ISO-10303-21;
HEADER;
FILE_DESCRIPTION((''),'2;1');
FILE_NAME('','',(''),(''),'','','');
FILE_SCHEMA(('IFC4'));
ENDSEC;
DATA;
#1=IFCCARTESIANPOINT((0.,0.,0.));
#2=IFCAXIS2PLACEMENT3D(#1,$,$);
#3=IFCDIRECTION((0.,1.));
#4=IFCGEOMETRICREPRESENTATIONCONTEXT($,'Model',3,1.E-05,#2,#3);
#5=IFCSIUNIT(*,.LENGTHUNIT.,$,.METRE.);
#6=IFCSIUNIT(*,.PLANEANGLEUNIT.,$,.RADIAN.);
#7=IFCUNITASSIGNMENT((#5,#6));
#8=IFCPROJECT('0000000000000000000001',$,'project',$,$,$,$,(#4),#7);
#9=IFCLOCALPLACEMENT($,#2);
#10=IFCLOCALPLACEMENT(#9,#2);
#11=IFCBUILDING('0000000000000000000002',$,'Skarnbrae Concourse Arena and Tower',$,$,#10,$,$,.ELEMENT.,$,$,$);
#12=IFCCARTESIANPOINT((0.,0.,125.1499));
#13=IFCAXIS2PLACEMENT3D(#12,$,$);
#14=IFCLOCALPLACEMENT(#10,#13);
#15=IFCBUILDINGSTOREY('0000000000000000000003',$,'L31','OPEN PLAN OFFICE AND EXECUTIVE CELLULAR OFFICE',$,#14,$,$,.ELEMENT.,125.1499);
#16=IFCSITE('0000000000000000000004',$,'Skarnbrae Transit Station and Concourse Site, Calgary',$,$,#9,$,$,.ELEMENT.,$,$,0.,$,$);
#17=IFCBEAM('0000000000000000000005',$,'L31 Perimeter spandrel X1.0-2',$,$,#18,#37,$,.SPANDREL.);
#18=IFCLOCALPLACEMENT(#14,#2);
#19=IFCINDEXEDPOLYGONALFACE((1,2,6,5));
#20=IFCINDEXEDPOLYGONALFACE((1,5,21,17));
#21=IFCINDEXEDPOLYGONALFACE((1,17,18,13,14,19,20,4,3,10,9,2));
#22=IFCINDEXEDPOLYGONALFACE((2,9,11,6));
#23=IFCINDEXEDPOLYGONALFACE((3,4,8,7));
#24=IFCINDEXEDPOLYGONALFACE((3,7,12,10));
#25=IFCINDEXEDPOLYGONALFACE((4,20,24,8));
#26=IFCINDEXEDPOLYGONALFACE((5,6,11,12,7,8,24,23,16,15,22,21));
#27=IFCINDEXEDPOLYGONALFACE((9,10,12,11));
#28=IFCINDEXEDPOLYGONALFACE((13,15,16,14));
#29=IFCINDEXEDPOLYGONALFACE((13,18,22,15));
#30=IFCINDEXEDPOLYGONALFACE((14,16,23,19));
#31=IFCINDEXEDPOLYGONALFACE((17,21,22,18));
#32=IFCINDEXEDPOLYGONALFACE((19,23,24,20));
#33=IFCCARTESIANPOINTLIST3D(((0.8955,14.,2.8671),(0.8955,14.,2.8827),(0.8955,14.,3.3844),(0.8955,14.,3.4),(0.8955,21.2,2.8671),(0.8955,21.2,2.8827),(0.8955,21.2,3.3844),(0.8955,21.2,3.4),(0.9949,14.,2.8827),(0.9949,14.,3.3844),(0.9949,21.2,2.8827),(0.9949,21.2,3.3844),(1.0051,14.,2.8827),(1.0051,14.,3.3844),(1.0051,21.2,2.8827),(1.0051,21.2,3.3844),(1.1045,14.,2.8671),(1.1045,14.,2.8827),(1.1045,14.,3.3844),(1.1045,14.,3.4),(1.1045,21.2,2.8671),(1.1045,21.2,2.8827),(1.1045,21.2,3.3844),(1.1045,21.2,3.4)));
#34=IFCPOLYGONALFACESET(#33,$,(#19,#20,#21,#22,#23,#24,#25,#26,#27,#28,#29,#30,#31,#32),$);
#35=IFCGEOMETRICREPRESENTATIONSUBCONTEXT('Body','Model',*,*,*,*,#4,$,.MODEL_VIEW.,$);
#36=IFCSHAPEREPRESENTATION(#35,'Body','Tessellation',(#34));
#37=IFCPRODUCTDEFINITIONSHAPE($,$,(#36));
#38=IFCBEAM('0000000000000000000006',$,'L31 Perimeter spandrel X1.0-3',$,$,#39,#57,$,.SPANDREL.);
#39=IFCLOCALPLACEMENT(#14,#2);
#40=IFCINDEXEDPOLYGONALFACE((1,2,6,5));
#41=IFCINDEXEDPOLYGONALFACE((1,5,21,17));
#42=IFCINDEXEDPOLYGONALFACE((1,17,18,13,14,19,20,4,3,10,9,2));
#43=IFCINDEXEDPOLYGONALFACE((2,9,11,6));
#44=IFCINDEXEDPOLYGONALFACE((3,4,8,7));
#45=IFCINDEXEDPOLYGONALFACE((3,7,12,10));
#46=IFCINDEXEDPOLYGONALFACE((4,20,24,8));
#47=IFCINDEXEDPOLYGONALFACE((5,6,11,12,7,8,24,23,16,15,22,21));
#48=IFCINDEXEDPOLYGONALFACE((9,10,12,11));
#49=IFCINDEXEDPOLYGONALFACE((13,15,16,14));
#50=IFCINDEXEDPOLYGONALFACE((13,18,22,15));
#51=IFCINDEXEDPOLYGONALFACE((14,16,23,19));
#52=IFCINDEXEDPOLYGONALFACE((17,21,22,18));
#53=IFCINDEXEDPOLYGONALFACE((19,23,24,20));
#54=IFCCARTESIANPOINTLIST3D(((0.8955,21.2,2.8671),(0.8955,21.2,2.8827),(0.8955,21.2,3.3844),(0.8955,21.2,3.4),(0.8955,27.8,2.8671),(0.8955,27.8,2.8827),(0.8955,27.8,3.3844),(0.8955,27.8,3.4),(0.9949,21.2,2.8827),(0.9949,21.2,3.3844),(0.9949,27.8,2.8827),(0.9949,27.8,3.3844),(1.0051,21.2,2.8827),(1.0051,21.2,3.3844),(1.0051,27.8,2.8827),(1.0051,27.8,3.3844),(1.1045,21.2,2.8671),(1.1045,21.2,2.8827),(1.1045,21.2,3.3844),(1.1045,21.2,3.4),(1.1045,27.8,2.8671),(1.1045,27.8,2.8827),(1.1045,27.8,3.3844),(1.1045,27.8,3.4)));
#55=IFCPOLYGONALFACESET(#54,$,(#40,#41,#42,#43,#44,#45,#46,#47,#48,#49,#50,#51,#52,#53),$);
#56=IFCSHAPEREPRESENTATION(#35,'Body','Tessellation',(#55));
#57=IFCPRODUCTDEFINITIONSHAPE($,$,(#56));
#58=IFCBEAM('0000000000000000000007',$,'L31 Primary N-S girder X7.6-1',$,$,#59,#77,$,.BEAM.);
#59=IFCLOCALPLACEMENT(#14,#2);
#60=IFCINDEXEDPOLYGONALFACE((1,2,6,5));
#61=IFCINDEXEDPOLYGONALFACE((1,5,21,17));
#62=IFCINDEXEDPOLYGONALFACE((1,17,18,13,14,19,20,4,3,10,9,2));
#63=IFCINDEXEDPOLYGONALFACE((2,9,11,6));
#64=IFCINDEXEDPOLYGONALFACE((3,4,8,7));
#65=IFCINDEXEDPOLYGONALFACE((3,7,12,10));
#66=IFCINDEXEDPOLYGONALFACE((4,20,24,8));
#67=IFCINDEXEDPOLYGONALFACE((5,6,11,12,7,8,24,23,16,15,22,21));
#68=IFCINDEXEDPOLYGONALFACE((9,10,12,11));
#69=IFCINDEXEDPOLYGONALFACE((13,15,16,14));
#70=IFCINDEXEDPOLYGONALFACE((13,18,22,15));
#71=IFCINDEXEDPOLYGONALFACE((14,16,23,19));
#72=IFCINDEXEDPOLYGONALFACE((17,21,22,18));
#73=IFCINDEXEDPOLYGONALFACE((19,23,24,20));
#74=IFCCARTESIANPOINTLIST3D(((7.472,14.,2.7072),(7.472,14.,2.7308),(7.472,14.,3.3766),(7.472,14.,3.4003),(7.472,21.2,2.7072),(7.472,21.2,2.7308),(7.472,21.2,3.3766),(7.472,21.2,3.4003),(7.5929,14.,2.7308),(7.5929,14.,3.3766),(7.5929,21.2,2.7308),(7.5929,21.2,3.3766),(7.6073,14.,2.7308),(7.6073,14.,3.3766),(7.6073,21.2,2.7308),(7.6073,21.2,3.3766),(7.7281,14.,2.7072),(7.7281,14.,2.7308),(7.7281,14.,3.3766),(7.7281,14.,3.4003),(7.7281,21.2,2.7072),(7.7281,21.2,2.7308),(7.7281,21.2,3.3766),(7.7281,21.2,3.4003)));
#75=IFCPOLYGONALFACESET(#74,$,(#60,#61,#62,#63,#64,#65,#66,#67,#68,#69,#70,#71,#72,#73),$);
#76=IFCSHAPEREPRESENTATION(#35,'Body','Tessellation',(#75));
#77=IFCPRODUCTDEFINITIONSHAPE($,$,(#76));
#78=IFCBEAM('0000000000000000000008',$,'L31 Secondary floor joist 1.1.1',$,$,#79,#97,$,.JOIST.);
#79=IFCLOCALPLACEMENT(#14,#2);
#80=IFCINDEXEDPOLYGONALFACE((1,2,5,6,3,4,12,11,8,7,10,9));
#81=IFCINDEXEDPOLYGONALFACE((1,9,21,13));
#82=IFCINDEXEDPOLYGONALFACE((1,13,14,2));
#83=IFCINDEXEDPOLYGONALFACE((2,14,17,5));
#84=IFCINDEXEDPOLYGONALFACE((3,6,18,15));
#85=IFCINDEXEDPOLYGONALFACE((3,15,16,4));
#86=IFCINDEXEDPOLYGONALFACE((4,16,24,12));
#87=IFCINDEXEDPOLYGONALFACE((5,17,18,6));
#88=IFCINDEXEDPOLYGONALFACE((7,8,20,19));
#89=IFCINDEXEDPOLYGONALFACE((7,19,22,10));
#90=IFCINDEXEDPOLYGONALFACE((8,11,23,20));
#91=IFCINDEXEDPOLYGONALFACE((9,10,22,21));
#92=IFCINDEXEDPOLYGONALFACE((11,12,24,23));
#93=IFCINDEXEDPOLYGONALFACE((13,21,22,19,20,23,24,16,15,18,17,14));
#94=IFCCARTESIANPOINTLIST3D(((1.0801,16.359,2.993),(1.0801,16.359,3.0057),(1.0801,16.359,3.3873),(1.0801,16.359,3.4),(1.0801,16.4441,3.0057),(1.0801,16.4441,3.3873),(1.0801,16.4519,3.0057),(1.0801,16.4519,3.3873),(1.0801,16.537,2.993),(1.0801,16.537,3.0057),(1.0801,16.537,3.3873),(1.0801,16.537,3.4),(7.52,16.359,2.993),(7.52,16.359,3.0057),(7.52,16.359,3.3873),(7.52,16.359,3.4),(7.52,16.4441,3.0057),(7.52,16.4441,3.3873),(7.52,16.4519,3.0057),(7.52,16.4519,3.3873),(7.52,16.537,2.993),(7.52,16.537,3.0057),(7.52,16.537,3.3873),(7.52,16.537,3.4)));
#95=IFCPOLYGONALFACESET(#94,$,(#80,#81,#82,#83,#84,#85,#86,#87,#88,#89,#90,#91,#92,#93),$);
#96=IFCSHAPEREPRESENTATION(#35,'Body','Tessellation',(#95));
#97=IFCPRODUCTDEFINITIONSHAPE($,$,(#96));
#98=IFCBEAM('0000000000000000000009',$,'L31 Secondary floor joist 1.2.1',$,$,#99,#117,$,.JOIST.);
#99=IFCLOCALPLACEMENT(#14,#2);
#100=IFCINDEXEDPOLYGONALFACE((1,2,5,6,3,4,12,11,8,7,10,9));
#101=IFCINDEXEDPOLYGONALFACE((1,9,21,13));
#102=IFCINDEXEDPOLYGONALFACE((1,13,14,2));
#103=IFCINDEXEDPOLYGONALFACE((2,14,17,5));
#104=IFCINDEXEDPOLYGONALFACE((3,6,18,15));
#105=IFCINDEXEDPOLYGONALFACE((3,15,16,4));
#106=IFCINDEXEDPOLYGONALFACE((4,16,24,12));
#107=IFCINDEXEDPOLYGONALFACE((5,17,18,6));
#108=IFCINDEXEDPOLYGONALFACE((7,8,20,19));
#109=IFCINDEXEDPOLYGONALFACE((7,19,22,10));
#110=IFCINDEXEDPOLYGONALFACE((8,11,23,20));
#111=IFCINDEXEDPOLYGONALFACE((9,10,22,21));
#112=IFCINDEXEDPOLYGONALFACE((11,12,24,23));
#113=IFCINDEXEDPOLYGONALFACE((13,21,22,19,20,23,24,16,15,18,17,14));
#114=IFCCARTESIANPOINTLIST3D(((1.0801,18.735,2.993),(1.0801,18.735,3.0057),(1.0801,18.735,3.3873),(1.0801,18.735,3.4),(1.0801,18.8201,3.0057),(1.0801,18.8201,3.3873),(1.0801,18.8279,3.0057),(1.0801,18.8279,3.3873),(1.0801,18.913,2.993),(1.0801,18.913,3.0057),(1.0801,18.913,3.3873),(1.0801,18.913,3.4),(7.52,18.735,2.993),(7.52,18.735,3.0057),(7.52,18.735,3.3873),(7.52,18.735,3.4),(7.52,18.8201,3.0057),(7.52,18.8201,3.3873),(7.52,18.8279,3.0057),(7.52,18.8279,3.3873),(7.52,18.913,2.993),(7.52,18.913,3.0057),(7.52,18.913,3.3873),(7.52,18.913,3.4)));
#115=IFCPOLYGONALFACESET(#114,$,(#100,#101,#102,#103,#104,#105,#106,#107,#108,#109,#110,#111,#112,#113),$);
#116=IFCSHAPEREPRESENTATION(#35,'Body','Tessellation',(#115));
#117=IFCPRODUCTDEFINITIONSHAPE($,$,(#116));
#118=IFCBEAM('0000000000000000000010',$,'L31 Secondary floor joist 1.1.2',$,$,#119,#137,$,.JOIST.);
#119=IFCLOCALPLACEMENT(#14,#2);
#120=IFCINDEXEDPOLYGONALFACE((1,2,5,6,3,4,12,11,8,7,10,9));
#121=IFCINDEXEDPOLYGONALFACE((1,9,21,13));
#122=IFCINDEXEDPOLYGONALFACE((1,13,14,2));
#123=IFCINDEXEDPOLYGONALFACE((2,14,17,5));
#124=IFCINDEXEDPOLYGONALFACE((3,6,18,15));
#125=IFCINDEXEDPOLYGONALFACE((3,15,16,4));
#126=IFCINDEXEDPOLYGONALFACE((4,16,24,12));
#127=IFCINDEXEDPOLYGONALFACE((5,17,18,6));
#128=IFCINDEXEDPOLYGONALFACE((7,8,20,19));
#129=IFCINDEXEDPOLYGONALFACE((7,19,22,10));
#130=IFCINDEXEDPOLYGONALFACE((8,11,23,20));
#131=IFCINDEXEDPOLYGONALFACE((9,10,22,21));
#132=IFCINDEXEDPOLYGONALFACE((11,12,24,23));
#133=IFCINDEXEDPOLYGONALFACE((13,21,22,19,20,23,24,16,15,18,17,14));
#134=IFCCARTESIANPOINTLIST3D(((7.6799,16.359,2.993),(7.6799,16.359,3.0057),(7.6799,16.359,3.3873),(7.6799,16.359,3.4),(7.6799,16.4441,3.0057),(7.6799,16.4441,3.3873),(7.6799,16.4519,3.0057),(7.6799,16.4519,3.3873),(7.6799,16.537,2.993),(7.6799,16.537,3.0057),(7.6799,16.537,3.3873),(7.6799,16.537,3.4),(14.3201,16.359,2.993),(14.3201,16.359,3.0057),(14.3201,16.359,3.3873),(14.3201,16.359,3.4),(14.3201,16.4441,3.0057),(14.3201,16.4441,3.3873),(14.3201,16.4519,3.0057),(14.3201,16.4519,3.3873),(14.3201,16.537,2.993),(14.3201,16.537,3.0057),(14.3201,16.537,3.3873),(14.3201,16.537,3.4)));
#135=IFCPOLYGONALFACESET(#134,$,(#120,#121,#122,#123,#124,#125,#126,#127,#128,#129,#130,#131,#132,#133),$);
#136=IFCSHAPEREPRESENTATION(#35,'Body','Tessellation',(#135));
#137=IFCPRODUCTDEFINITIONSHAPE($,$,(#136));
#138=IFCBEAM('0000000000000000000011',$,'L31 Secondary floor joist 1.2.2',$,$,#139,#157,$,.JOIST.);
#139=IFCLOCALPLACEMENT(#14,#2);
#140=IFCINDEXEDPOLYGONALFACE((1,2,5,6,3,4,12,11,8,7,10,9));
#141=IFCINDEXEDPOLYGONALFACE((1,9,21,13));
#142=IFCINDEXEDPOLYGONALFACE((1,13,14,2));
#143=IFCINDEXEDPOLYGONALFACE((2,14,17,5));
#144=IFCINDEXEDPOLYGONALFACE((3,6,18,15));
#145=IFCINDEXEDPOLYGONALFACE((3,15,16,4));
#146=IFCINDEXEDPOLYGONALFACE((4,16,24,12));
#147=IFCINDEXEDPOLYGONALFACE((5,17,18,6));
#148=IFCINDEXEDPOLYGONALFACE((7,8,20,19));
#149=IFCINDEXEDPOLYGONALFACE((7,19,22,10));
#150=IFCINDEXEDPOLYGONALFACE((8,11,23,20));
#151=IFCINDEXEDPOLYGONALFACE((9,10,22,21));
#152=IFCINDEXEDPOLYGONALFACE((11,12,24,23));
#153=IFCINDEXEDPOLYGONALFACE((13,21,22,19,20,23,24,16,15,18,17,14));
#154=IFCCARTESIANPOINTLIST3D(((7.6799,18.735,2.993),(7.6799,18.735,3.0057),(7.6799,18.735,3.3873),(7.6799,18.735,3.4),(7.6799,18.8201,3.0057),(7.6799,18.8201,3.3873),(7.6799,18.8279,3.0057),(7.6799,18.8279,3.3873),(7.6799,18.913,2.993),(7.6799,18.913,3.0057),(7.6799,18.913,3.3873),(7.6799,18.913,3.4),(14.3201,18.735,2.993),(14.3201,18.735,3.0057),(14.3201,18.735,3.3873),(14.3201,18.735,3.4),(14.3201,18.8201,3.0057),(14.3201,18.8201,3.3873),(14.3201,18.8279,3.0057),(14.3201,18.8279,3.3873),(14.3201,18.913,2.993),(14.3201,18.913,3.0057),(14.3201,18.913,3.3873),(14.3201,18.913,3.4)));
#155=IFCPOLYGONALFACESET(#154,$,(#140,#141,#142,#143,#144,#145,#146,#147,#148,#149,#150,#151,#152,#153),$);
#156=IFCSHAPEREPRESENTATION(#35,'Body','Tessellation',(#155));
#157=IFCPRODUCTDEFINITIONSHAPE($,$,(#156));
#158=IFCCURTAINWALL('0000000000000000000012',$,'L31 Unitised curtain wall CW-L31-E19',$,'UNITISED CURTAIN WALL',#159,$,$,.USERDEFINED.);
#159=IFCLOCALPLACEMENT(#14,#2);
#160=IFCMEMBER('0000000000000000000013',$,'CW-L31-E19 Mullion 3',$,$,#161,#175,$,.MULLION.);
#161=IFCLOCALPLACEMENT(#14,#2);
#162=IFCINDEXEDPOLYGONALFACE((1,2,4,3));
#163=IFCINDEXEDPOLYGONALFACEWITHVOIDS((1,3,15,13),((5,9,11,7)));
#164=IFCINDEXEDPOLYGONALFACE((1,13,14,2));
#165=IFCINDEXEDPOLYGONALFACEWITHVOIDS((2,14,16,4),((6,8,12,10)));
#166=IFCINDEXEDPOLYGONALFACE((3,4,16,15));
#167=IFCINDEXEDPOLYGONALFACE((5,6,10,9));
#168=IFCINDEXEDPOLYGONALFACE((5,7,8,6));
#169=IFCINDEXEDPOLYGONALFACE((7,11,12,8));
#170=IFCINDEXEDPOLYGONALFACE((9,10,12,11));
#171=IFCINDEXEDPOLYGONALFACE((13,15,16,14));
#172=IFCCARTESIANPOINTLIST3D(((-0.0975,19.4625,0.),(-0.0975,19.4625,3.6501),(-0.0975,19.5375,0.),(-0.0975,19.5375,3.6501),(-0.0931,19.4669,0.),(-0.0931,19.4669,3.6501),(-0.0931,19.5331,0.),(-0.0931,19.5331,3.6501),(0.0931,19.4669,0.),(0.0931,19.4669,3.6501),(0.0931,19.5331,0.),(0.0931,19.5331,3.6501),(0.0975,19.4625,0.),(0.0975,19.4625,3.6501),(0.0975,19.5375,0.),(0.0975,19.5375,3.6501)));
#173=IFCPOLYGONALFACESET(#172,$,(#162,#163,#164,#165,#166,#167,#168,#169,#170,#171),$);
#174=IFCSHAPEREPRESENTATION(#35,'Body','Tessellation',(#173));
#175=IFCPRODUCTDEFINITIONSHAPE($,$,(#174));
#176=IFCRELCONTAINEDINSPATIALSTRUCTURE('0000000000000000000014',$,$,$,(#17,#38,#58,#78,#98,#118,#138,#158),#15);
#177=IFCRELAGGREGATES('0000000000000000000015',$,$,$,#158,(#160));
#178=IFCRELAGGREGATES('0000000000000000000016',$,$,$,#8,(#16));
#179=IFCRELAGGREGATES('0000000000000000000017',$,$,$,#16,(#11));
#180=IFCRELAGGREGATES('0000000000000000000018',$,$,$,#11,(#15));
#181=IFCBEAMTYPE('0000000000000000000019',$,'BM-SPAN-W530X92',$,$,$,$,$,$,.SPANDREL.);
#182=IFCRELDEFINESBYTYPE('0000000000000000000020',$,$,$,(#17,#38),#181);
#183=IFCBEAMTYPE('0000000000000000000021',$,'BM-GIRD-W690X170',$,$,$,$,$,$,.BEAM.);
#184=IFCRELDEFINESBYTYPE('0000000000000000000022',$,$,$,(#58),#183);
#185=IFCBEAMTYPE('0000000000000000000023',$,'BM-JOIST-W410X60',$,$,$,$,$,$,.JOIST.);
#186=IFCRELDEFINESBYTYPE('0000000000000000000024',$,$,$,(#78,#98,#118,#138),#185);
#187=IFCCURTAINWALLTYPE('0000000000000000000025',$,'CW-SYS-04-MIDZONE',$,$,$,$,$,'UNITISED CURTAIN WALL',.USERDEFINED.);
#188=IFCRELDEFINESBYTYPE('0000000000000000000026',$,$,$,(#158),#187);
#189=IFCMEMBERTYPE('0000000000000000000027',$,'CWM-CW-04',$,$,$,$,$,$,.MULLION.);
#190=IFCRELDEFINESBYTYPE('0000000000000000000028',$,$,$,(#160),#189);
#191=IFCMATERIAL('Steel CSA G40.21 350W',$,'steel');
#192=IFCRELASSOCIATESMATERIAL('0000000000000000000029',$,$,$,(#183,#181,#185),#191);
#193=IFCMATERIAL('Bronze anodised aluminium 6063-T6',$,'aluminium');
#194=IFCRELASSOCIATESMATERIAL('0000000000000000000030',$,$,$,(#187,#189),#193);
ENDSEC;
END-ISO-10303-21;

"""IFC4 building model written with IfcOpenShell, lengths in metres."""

from ifc_helpers import new_model, si_unit, direction, frame, origin, origin_2d, place, context, subcontext, project, spatial, hollow_rectangle, i_section, extrude, source, transform, mapped, material, material_profile, profile_set, type_object, element, aggregate, save


model = new_model("IFC4")

# Units and contexts
model_context = context("Model", 3, precision=1e-05, world=origin(), true_north=direction((0.0, 1.0)))
body_context = subcontext(model_context, "Body", "Model", "MODEL_VIEW")
ifc_project = project(units=[si_unit("LENGTHUNIT", "METRE"), si_unit("PLANEANGLEUNIT", "RADIAN")], contexts=[model_context])

# Site, building, storey
site_placement = place(None, origin())
site = spatial("IfcSite", under=ifc_project, at=site_placement, Name="Skarnbrae Transit Station and Concourse Site, Calgary", CompositionType="ELEMENT", RefElevation=0.0)
building_placement = place(site_placement, origin())
building = spatial("IfcBuilding", under=site, at=building_placement, Name="Skarnbrae Concourse Arena and Tower", CompositionType="ELEMENT")
storey_placement = place(building_placement, frame((0.0, 0.0, 125.1499)))
storey = spatial("IfcBuildingStorey", under=building, at=storey_placement, Name="L31", Description="OPEN PLAN OFFICE AND EXECUTIVE CELLULAR OFFICE", CompositionType="ELEMENT", Elevation=125.1499)

# Shared definitions
ifc_material_1 = material(Name="Steel CSA G40.21 350W", Category="steel")

# Beams
ifc_material_profile_1 = material_profile(ifc_material_1, i_section(OverallWidth=0.2561, OverallDepth=0.6931, WebThickness=0.0144, FlangeThickness=0.0237, at=origin_2d()), Name="W690X170")
ifc_profile_set_1 = profile_set([ifc_material_profile_1], Name="Steel CSA G40.21 350W")
beam_type_1 = type_object("IfcBeamType", Name="BM-GIRD-W690X170", PredefinedType="BEAM", material=ifc_profile_set_1)
ifc_material_profile_2 = material_profile(ifc_material_1, i_section(OverallWidth=0.209, OverallDepth=0.533, WebThickness=0.0103, FlangeThickness=0.0156, at=origin_2d()), Name="W530X92")
ifc_profile_set_2 = profile_set([ifc_material_profile_2], Name="Steel CSA G40.21 350W")
beam_type_2 = type_object("IfcBeamType", Name="BM-SPAN-W530X92", PredefinedType="SPANDREL", material=ifc_profile_set_2)
shared_shape_1 = source(origin(), body_context, "Body", "SweptSolid", [
    extrude(i_section(OverallWidth=0.209, OverallDepth=0.533, WebThickness=0.0103, FlangeThickness=0.0156, at=origin_2d()), origin(), (0.0, 0.0, 1.0), 7.2),
])
beam_1_placement = place(storey_placement, frame((1.0, 14.0, 3.1335), z_axis=(0.0, 1.0, 0.0), x_axis=(-1.0, 0.0, 0.0)))
element("IfcBeam", 1, at=beam_1_placement, inside=storey, type_object=beam_type_2, Name="L31 Perimeter spandrel X1.0-2", PredefinedType="SPANDREL", context=body_context, shape_type="MappedRepresentation", body=[
    mapped(shared_shape_1, transform((0.0, 0.0, 0.0))),
])
shared_shape_2 = source(origin(), body_context, "Body", "SweptSolid", [
    extrude(i_section(OverallWidth=0.209, OverallDepth=0.533, WebThickness=0.0103, FlangeThickness=0.0156, at=origin_2d()), origin(), (0.0, 0.0, 1.0), 6.6001),
])
beam_2_placement = place(storey_placement, frame((1.0, 21.2, 3.1335), z_axis=(0.0, 1.0, 0.0), x_axis=(-1.0, 0.0, 0.0)))
element("IfcBeam", 2, at=beam_2_placement, inside=storey, type_object=beam_type_2, Name="L31 Perimeter spandrel X1.0-3", PredefinedType="SPANDREL", context=body_context, shape_type="MappedRepresentation", body=[
    mapped(shared_shape_2, transform((0.0, 0.0, 0.0))),
])
shared_shape_3 = source(origin(), body_context, "Body", "SweptSolid", [
    extrude(i_section(OverallWidth=0.2561, OverallDepth=0.6931, WebThickness=0.0144, FlangeThickness=0.0237, at=origin_2d()), origin(), (0.0, 0.0, 1.0), 7.2),
])
beam_3_placement = place(storey_placement, frame((7.6001, 14.0, 3.0537), z_axis=(0.0, 1.0, 0.0), x_axis=(-1.0, 0.0, 0.0)))
element("IfcBeam", 3, at=beam_3_placement, inside=storey, type_object=beam_type_1, Name="L31 Primary N-S girder X7.6-1", PredefinedType="BEAM", context=body_context, shape_type="MappedRepresentation", body=[
    mapped(shared_shape_3, transform((0.0, 0.0, 0.0))),
])
ifc_material_profile_3 = material_profile(ifc_material_1, i_section(OverallWidth=0.178, OverallDepth=0.407, WebThickness=0.0078, FlangeThickness=0.0127, at=origin_2d()), Name="W410X60")
ifc_profile_set_3 = profile_set([ifc_material_profile_3], Name="Steel CSA G40.21 350W")
beam_type_3 = type_object("IfcBeamType", Name="BM-JOIST-W410X60", PredefinedType="JOIST", material=ifc_profile_set_3)
shared_shape_4 = source(origin(), body_context, "Body", "SweptSolid", [
    extrude(i_section(OverallWidth=0.178, OverallDepth=0.407, WebThickness=0.0078, FlangeThickness=0.0127, at=origin_2d()), origin(), (0.0, 0.0, 1.0), 6.4399),
])
for number, where, z_axis, x_axis, name in (
    (4, (1.0801, 16.448, 3.1965), (1.0, 0.0, 0.0), (0.0, 1.0, 0.0), "L31 Secondary floor joist 1.1.1"),
    (5, (1.0801, 18.824, 3.1965), (1.0, 0.0, 0.0), (0.0, 1.0, 0.0), "L31 Secondary floor joist 1.2.1"),
):
    element("IfcBeam", number, at=place(storey_placement, frame(where, z_axis=z_axis, x_axis=x_axis)), inside=storey, type_object=beam_type_3, Name=name, PredefinedType="JOIST", context=body_context, shape_type="MappedRepresentation", body=[
        mapped(shared_shape_4, transform((0.0, 0.0, 0.0))),
    ])
shared_shape_5 = source(origin(), body_context, "Body", "SweptSolid", [
    extrude(i_section(OverallWidth=0.178, OverallDepth=0.407, WebThickness=0.0078, FlangeThickness=0.0127, at=origin_2d()), origin(), (0.0, 0.0, 1.0), 6.6401),
])
for number, where, z_axis, x_axis, name in (
    (6, (7.6799, 16.448, 3.1965), (1.0, 0.0, 0.0), (0.0, 1.0, 0.0), "L31 Secondary floor joist 1.1.2"),
    (7, (7.6799, 18.824, 3.1965), (1.0, 0.0, 0.0), (0.0, 1.0, 0.0), "L31 Secondary floor joist 1.2.2"),
):
    element("IfcBeam", number, at=place(storey_placement, frame(where, z_axis=z_axis, x_axis=x_axis)), inside=storey, type_object=beam_type_3, Name=name, PredefinedType="JOIST", context=body_context, shape_type="MappedRepresentation", body=[
        mapped(shared_shape_5, transform((0.0, 0.0, 0.0))),
    ])

# Curtain wall, member
ifc_material_2 = material(Name="Bronze anodised aluminium 6063-T6", Category="aluminium")
curtain_wall_type = type_object("IfcCurtainWallType", Name="CW-SYS-04-MIDZONE", ElementType="UNITISED CURTAIN WALL", PredefinedType="USERDEFINED", material=ifc_material_2)
curtain_wall_placement = place(storey_placement, origin())
curtain_wall = element("IfcCurtainWall", 8, at=curtain_wall_placement, inside=storey, type_object=curtain_wall_type, Name="L31 Unitised curtain wall CW-L31-E19", ObjectType="UNITISED CURTAIN WALL", PredefinedType="USERDEFINED")
ifc_material_profile_4 = material_profile(ifc_material_2, hollow_rectangle(XDim=0.075, YDim=0.1951, WallThickness=0.0044, at=origin_2d()), Name="ALU-MULL-75X195")
ifc_profile_set_4 = profile_set([ifc_material_profile_4], Name="Bronze anodised aluminium 6063-T6")
member_type_1 = type_object("IfcMemberType", Name="CWM-CW-04", PredefinedType="MULLION", material=ifc_profile_set_4)
shared_shape_6 = source(origin(), body_context, "Body", "SweptSolid", [
    extrude(hollow_rectangle(XDim=0.075, YDim=0.1951, WallThickness=0.0044, at=origin_2d()), origin(), (0.0, 0.0, 1.0), 3.6501),
])
member_1_placement = place(storey_placement, frame((0.0, 19.5, 0.0), z_axis=(0.0, 0.0, 1.0), x_axis=(0.0, -1.0, 0.0)))
member_1 = element("IfcMember", 9, at=member_1_placement, type_object=member_type_1, Name="CW-L31-E19 Mullion 3", PredefinedType="MULLION", context=body_context, shape_type="MappedRepresentation", body=[
    mapped(shared_shape_6, transform((0.0, 0.0, 0.0))),
])
aggregate(curtain_wall, [member_1])

save(model, "model.ifc")
